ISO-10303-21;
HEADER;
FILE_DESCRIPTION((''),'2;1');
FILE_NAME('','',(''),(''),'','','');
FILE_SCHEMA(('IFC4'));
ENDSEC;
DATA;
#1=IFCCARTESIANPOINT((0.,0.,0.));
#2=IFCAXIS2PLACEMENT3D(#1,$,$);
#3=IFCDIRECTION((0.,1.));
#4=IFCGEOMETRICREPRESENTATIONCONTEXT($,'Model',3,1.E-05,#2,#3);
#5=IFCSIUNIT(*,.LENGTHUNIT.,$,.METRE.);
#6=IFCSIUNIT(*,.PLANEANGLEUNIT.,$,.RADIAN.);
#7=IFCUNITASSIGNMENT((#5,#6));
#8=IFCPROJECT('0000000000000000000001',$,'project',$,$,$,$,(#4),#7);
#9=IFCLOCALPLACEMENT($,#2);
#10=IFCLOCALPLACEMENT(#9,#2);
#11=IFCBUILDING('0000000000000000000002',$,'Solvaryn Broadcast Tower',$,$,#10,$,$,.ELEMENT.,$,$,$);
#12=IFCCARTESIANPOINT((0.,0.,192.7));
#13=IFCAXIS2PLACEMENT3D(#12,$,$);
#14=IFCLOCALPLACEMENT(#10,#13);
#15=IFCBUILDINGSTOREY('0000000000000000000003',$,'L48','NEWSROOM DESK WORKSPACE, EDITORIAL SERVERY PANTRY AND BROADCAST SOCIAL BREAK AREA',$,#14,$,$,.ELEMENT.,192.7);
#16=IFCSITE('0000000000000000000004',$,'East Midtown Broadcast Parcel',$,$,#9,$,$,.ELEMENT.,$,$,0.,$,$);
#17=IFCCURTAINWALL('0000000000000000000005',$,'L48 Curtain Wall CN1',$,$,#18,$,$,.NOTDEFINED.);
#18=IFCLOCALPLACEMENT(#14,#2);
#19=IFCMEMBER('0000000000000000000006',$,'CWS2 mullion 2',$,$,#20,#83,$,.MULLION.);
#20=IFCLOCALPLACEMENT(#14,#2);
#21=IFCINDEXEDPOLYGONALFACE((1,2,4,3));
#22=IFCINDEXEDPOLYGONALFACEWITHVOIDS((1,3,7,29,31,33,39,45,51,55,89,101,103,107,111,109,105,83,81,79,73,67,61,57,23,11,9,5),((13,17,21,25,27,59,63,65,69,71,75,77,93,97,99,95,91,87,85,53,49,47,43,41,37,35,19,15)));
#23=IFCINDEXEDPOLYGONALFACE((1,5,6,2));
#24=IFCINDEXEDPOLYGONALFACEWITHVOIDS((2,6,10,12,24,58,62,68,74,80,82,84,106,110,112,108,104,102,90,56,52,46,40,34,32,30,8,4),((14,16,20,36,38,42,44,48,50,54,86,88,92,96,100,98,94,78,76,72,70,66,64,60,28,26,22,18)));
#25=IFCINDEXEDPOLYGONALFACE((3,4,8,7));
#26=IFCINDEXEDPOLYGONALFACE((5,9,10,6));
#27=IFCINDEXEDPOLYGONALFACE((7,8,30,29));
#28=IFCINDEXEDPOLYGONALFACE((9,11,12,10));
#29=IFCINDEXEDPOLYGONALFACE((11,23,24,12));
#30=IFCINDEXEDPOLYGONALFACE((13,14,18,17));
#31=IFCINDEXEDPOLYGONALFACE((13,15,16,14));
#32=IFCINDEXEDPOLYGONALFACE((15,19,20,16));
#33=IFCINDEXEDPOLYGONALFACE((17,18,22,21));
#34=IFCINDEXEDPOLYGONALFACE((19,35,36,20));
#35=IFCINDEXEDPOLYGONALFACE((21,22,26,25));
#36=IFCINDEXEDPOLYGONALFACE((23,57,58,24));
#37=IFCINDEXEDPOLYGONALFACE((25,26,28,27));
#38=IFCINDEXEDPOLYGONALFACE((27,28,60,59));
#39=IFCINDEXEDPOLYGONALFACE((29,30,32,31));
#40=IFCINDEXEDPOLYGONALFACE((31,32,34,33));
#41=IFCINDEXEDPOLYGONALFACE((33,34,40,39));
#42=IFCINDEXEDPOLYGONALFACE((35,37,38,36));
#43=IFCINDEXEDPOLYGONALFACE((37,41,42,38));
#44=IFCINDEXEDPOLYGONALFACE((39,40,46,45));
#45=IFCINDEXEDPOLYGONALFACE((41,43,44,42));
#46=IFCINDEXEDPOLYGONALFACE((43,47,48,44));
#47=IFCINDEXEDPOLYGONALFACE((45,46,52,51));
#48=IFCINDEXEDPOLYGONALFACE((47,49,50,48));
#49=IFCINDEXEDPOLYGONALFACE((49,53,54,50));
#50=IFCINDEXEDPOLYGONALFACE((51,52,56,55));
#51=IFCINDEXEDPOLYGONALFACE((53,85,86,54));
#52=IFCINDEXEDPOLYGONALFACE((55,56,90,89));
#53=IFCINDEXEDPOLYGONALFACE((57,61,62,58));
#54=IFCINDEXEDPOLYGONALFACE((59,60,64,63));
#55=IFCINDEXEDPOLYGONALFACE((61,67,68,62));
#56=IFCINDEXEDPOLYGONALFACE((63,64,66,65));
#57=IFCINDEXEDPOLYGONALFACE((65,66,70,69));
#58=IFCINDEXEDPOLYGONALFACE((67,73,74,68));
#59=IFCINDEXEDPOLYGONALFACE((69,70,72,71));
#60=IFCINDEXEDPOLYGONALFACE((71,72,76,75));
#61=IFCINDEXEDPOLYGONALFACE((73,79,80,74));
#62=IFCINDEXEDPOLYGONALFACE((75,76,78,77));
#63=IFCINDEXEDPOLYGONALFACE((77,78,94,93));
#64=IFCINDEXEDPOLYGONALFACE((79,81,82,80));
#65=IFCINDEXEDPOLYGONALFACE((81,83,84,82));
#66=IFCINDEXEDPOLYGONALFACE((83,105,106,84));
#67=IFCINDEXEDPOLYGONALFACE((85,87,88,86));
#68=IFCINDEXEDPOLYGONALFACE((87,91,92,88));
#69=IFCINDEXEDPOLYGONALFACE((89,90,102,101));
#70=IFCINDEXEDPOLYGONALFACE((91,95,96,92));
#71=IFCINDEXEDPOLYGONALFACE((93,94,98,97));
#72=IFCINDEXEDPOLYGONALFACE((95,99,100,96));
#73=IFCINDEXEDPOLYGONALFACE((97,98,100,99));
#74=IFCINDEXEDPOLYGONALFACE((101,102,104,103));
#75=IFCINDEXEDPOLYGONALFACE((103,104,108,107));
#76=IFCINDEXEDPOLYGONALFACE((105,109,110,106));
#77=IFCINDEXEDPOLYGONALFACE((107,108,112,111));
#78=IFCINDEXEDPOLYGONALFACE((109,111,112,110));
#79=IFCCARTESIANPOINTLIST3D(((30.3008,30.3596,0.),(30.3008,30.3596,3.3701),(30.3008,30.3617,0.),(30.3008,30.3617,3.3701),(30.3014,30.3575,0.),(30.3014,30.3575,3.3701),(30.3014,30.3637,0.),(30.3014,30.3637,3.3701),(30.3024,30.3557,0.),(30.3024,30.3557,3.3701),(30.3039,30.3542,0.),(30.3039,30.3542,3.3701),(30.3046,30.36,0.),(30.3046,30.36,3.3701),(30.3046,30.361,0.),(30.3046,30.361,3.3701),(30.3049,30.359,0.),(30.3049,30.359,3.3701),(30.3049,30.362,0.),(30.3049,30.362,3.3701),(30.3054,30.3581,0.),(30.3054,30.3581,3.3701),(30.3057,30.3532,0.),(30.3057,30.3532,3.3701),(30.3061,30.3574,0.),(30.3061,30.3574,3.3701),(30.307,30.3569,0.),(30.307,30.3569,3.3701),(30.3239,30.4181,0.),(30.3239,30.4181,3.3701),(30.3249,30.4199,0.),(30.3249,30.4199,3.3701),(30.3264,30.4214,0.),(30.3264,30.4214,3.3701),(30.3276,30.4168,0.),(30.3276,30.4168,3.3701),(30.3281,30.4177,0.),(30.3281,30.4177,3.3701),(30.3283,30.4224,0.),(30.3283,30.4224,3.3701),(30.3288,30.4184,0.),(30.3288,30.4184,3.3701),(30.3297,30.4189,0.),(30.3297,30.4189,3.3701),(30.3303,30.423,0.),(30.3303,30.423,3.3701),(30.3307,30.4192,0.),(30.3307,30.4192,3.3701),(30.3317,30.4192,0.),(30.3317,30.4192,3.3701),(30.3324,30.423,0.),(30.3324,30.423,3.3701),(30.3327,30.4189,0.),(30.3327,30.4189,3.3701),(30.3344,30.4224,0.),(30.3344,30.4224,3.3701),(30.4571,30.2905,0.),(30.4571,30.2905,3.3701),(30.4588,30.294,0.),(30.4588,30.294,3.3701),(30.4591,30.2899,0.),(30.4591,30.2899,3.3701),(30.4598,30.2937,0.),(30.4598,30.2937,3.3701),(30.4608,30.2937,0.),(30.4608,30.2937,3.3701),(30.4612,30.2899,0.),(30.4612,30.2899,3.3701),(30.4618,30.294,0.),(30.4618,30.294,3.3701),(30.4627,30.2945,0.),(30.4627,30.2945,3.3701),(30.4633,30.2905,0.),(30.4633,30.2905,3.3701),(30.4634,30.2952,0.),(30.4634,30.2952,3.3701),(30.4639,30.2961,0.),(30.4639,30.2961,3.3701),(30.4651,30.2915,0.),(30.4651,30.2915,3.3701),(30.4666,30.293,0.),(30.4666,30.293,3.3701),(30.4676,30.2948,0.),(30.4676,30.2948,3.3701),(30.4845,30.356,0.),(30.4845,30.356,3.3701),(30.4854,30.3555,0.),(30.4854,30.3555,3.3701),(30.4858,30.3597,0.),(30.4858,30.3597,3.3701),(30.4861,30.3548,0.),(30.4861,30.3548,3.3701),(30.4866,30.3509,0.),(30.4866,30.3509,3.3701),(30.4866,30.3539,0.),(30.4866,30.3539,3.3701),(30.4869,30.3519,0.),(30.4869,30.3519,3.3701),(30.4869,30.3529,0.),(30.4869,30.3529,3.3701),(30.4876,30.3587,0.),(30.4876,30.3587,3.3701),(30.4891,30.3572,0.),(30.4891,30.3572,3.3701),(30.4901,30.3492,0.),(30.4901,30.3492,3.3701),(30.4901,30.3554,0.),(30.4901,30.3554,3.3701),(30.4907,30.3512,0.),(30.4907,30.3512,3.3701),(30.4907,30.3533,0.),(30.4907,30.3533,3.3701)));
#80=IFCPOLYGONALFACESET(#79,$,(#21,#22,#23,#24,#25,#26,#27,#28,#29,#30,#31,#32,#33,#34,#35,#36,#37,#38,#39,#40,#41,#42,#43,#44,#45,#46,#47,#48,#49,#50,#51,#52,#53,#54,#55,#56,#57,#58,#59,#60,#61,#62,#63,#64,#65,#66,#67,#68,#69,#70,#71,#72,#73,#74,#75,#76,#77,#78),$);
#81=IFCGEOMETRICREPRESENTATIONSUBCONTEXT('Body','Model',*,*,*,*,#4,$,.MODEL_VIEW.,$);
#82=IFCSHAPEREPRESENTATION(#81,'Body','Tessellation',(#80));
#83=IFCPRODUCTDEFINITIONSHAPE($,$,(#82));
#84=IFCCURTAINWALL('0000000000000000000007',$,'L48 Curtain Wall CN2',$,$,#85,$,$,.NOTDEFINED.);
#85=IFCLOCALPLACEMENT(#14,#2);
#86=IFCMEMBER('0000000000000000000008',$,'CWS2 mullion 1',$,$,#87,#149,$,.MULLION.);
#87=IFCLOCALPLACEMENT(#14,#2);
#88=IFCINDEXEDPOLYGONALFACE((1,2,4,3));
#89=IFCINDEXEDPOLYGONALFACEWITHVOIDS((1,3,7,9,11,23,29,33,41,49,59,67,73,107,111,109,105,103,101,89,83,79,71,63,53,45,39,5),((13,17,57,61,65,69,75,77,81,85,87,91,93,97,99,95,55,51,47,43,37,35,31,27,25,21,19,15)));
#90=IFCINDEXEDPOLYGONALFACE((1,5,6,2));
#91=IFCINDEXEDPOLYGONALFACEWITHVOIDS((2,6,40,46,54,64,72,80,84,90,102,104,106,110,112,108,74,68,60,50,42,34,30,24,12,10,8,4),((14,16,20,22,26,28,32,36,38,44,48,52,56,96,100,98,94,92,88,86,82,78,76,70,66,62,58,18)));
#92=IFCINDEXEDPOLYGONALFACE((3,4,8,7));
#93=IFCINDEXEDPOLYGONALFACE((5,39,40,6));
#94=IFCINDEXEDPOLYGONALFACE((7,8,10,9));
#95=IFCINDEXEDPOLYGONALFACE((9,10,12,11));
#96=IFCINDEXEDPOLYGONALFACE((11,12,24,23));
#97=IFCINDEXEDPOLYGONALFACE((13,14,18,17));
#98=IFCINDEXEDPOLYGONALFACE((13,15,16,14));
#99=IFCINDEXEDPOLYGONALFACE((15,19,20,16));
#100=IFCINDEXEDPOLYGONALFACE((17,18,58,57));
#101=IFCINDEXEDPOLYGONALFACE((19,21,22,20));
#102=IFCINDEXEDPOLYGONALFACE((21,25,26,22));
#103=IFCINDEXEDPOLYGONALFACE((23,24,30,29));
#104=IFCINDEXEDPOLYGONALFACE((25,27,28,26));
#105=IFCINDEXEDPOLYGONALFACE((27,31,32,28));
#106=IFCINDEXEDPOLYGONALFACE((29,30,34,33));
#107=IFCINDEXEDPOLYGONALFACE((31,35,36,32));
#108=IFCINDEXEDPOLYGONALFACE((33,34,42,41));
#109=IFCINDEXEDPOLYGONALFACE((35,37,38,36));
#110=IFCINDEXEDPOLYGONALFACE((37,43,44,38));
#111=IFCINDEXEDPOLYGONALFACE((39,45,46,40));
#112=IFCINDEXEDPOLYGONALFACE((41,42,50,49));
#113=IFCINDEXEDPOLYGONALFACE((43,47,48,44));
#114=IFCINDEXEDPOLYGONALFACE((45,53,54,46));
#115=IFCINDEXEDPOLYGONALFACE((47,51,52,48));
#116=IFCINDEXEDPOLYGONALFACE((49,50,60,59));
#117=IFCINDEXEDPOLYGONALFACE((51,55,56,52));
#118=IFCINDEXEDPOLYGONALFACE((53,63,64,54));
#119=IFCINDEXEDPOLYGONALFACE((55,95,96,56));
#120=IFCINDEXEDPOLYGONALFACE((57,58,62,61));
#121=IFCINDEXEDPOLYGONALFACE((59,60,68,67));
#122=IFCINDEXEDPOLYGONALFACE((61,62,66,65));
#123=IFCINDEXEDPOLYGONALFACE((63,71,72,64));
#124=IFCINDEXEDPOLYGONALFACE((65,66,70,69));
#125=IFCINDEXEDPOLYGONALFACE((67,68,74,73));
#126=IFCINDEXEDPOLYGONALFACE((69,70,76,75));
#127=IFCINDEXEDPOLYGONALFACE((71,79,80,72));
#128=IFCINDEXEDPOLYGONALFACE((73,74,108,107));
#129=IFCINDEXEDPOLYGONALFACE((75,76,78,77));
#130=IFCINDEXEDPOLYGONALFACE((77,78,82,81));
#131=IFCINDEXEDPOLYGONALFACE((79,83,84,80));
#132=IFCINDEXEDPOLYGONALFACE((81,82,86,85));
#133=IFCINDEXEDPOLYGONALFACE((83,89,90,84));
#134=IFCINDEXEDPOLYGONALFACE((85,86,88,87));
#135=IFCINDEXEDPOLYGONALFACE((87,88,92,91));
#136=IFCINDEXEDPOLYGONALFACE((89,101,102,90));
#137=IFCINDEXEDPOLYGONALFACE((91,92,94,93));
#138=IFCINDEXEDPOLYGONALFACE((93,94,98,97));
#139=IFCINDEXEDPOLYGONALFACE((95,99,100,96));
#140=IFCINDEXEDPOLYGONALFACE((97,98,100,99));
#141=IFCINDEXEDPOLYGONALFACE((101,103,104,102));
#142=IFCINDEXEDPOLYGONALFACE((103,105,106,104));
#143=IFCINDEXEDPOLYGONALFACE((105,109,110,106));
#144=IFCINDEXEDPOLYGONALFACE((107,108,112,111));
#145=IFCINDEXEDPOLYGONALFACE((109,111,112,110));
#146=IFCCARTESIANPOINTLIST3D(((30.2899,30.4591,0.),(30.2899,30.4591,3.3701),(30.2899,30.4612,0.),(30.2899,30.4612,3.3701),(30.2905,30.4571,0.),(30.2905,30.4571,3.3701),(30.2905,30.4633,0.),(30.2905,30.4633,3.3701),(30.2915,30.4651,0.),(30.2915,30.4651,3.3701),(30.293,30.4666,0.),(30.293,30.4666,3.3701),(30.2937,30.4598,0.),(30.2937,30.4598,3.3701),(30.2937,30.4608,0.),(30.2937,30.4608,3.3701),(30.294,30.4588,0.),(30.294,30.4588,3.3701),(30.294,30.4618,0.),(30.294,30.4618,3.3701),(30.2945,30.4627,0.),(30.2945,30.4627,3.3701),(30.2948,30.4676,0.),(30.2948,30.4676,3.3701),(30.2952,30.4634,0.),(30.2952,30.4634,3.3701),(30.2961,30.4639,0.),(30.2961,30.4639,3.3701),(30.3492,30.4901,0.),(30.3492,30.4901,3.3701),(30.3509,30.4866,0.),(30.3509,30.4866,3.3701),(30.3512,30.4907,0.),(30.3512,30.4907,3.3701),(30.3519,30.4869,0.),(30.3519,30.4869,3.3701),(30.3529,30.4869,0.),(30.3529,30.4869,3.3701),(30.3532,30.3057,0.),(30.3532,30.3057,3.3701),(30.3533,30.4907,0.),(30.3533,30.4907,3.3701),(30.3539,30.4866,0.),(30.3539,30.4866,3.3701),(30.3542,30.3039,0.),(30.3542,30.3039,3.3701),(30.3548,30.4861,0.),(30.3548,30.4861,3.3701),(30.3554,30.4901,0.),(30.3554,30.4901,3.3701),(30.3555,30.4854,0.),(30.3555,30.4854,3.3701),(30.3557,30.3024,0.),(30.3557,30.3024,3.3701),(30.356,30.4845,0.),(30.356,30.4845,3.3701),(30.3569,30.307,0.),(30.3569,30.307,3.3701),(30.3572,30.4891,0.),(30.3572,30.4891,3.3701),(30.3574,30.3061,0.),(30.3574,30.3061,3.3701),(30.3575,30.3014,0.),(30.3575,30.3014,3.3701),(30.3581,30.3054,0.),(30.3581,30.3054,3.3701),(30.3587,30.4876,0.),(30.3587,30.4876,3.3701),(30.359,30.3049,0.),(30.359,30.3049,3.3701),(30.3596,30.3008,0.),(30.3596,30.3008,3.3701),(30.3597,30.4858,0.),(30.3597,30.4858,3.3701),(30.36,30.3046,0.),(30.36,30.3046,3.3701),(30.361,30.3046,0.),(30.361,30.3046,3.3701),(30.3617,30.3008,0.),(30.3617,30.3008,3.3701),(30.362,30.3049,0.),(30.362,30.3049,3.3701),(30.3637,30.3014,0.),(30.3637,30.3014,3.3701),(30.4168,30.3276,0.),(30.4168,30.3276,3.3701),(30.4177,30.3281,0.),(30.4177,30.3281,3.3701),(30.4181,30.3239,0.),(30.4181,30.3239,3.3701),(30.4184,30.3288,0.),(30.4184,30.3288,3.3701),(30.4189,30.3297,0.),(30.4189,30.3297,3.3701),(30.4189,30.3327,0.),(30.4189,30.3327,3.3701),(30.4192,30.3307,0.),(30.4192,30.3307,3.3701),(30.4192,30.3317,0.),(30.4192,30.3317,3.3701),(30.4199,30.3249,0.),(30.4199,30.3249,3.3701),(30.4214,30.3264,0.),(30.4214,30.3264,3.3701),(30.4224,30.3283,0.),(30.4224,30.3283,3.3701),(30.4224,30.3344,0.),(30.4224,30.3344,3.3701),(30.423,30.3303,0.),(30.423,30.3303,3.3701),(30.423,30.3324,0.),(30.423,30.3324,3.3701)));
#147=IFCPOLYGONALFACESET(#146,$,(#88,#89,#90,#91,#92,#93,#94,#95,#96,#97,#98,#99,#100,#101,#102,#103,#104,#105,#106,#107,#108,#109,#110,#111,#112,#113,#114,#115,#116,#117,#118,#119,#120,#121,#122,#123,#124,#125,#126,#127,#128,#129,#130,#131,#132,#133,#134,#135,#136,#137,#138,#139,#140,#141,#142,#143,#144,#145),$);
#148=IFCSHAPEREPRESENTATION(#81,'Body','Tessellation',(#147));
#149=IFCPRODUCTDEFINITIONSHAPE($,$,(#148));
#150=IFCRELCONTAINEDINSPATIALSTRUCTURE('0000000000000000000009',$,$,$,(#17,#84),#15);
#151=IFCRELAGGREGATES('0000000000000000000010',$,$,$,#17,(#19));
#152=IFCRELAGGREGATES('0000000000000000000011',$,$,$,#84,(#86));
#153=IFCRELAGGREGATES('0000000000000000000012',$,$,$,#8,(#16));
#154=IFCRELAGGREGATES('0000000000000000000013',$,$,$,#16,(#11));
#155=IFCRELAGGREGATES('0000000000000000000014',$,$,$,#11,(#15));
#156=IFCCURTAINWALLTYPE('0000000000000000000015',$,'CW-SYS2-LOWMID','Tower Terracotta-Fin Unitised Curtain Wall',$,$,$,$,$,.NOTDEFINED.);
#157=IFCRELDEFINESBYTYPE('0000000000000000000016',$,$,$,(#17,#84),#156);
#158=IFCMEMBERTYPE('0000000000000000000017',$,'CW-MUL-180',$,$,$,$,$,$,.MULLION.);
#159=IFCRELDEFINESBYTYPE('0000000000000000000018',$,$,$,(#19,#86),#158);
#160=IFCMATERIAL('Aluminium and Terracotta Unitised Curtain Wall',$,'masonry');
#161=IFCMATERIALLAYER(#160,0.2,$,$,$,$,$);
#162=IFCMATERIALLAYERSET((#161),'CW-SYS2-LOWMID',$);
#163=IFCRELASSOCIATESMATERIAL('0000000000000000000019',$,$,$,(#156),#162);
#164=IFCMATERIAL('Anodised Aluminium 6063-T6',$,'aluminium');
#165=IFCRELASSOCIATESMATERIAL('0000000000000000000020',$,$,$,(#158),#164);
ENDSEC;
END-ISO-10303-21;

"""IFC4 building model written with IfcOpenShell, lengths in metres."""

from ifc_helpers import new_model, si_unit, direction, frame, origin, origin_2d, place, context, subcontext, project, spatial, hollow_rectangle, extrude, material, layer, layer_set, material_profile, profile_set, type_object, element, aggregate, save


model = new_model("IFC4")

# Units and contexts
model_context = context("Model", 3, precision=1e-05, world=origin(), true_north=direction((0.0, 1.0)))
body_context = subcontext(model_context, "Body", "Model", "MODEL_VIEW")
ifc_project = project(units=[si_unit("LENGTHUNIT", "METRE"), si_unit("PLANEANGLEUNIT", "RADIAN")], contexts=[model_context])

# Site, building, storey
site_placement = place(None, origin())
site = spatial("IfcSite", under=ifc_project, at=site_placement, Name="East Midtown Broadcast Parcel", CompositionType="ELEMENT", RefElevation=0.0)
building_placement = place(site_placement, origin())
building = spatial("IfcBuilding", under=site, at=building_placement, Name="Solvaryn Broadcast Tower", CompositionType="ELEMENT")
storey_placement = place(building_placement, frame((0.0, 0.0, 192.7)))
storey = spatial("IfcBuildingStorey", under=building, at=storey_placement, Name="L48", Description="NEWSROOM DESK WORKSPACE, EDITORIAL SERVERY PANTRY AND BROADCAST SOCIAL BREAK AREA", CompositionType="ELEMENT", Elevation=192.7)

# Curtain wall, member
ifc_material_1 = material(Name="Aluminium and Terracotta Unitised Curtain Wall", Category="masonry")
ifc_layer_1 = layer(ifc_material_1, 0.2)
ifc_layer_set_1 = layer_set([ifc_layer_1], Name="CW-SYS2-LOWMID")
curtain_wall_type = type_object("IfcCurtainWallType", Name="CW-SYS2-LOWMID", Description="Tower Terracotta-Fin Unitised Curtain Wall", PredefinedType="NOTDEFINED", material=ifc_layer_set_1)
curtain_wall_1_placement = place(storey_placement, origin())
curtain_wall_1 = element("IfcCurtainWall", 1, at=curtain_wall_1_placement, inside=storey, type_object=curtain_wall_type, Name="L48 Curtain Wall CN1", PredefinedType="NOTDEFINED")
ifc_material_2 = material(Name="Anodised Aluminium 6063-T6", Category="aluminium")
ifc_material_profile_1 = material_profile(ifc_material_2, hollow_rectangle(XDim=0.075, YDim=0.1799, WallThickness=0.0039, InnerFilletRadius=0.0039, OuterFilletRadius=0.0081, at=origin_2d()))
ifc_profile_set_1 = profile_set([ifc_material_profile_1], Name="Anodised Aluminium 6063-T6")
member_type_1 = type_object("IfcMemberType", Name="CW-MUL-180", PredefinedType="MULLION", material=ifc_profile_set_1)
member_1_placement = place(storey_placement, frame((30.3958, 30.3564, 0.0), z_axis=(0.0, 0.0, 1.0), x_axis=(-0.382646, -0.923895, 0.0)))
member_1 = element("IfcMember", 2, at=member_1_placement, type_object=member_type_1, Name="CWS2 mullion 2", PredefinedType="MULLION", context=body_context, shape_type="SweptSolid", body=[
    extrude(hollow_rectangle(XDim=0.075, YDim=0.1799, WallThickness=0.0039, InnerFilletRadius=0.0039, OuterFilletRadius=0.0081, at=origin_2d()), origin(), (0.0, 0.0, 1.0), 3.3701),
])

# Curtain wall, member
curtain_wall_2_placement = place(storey_placement, origin())
curtain_wall_2 = element("IfcCurtainWall", 3, at=curtain_wall_2_placement, inside=storey, type_object=curtain_wall_type, Name="L48 Curtain Wall CN2", PredefinedType="NOTDEFINED")
member_2_placement = place(storey_placement, frame((30.3564, 30.3958, 0.0), z_axis=(0.0, 0.0, 1.0), x_axis=(-0.923895, -0.382646, 0.0)))
member_2 = element("IfcMember", 4, at=member_2_placement, type_object=member_type_1, Name="CWS2 mullion 1", PredefinedType="MULLION", context=body_context, shape_type="SweptSolid", body=[
    extrude(hollow_rectangle(XDim=0.075, YDim=0.1799, WallThickness=0.0039, InnerFilletRadius=0.0039, OuterFilletRadius=0.0081, at=origin_2d()), origin(), (0.0, 0.0, 1.0), 3.3701),
])

aggregate(curtain_wall_1, [member_1])
aggregate(curtain_wall_2, [member_2])

save(model, "model.ifc")
